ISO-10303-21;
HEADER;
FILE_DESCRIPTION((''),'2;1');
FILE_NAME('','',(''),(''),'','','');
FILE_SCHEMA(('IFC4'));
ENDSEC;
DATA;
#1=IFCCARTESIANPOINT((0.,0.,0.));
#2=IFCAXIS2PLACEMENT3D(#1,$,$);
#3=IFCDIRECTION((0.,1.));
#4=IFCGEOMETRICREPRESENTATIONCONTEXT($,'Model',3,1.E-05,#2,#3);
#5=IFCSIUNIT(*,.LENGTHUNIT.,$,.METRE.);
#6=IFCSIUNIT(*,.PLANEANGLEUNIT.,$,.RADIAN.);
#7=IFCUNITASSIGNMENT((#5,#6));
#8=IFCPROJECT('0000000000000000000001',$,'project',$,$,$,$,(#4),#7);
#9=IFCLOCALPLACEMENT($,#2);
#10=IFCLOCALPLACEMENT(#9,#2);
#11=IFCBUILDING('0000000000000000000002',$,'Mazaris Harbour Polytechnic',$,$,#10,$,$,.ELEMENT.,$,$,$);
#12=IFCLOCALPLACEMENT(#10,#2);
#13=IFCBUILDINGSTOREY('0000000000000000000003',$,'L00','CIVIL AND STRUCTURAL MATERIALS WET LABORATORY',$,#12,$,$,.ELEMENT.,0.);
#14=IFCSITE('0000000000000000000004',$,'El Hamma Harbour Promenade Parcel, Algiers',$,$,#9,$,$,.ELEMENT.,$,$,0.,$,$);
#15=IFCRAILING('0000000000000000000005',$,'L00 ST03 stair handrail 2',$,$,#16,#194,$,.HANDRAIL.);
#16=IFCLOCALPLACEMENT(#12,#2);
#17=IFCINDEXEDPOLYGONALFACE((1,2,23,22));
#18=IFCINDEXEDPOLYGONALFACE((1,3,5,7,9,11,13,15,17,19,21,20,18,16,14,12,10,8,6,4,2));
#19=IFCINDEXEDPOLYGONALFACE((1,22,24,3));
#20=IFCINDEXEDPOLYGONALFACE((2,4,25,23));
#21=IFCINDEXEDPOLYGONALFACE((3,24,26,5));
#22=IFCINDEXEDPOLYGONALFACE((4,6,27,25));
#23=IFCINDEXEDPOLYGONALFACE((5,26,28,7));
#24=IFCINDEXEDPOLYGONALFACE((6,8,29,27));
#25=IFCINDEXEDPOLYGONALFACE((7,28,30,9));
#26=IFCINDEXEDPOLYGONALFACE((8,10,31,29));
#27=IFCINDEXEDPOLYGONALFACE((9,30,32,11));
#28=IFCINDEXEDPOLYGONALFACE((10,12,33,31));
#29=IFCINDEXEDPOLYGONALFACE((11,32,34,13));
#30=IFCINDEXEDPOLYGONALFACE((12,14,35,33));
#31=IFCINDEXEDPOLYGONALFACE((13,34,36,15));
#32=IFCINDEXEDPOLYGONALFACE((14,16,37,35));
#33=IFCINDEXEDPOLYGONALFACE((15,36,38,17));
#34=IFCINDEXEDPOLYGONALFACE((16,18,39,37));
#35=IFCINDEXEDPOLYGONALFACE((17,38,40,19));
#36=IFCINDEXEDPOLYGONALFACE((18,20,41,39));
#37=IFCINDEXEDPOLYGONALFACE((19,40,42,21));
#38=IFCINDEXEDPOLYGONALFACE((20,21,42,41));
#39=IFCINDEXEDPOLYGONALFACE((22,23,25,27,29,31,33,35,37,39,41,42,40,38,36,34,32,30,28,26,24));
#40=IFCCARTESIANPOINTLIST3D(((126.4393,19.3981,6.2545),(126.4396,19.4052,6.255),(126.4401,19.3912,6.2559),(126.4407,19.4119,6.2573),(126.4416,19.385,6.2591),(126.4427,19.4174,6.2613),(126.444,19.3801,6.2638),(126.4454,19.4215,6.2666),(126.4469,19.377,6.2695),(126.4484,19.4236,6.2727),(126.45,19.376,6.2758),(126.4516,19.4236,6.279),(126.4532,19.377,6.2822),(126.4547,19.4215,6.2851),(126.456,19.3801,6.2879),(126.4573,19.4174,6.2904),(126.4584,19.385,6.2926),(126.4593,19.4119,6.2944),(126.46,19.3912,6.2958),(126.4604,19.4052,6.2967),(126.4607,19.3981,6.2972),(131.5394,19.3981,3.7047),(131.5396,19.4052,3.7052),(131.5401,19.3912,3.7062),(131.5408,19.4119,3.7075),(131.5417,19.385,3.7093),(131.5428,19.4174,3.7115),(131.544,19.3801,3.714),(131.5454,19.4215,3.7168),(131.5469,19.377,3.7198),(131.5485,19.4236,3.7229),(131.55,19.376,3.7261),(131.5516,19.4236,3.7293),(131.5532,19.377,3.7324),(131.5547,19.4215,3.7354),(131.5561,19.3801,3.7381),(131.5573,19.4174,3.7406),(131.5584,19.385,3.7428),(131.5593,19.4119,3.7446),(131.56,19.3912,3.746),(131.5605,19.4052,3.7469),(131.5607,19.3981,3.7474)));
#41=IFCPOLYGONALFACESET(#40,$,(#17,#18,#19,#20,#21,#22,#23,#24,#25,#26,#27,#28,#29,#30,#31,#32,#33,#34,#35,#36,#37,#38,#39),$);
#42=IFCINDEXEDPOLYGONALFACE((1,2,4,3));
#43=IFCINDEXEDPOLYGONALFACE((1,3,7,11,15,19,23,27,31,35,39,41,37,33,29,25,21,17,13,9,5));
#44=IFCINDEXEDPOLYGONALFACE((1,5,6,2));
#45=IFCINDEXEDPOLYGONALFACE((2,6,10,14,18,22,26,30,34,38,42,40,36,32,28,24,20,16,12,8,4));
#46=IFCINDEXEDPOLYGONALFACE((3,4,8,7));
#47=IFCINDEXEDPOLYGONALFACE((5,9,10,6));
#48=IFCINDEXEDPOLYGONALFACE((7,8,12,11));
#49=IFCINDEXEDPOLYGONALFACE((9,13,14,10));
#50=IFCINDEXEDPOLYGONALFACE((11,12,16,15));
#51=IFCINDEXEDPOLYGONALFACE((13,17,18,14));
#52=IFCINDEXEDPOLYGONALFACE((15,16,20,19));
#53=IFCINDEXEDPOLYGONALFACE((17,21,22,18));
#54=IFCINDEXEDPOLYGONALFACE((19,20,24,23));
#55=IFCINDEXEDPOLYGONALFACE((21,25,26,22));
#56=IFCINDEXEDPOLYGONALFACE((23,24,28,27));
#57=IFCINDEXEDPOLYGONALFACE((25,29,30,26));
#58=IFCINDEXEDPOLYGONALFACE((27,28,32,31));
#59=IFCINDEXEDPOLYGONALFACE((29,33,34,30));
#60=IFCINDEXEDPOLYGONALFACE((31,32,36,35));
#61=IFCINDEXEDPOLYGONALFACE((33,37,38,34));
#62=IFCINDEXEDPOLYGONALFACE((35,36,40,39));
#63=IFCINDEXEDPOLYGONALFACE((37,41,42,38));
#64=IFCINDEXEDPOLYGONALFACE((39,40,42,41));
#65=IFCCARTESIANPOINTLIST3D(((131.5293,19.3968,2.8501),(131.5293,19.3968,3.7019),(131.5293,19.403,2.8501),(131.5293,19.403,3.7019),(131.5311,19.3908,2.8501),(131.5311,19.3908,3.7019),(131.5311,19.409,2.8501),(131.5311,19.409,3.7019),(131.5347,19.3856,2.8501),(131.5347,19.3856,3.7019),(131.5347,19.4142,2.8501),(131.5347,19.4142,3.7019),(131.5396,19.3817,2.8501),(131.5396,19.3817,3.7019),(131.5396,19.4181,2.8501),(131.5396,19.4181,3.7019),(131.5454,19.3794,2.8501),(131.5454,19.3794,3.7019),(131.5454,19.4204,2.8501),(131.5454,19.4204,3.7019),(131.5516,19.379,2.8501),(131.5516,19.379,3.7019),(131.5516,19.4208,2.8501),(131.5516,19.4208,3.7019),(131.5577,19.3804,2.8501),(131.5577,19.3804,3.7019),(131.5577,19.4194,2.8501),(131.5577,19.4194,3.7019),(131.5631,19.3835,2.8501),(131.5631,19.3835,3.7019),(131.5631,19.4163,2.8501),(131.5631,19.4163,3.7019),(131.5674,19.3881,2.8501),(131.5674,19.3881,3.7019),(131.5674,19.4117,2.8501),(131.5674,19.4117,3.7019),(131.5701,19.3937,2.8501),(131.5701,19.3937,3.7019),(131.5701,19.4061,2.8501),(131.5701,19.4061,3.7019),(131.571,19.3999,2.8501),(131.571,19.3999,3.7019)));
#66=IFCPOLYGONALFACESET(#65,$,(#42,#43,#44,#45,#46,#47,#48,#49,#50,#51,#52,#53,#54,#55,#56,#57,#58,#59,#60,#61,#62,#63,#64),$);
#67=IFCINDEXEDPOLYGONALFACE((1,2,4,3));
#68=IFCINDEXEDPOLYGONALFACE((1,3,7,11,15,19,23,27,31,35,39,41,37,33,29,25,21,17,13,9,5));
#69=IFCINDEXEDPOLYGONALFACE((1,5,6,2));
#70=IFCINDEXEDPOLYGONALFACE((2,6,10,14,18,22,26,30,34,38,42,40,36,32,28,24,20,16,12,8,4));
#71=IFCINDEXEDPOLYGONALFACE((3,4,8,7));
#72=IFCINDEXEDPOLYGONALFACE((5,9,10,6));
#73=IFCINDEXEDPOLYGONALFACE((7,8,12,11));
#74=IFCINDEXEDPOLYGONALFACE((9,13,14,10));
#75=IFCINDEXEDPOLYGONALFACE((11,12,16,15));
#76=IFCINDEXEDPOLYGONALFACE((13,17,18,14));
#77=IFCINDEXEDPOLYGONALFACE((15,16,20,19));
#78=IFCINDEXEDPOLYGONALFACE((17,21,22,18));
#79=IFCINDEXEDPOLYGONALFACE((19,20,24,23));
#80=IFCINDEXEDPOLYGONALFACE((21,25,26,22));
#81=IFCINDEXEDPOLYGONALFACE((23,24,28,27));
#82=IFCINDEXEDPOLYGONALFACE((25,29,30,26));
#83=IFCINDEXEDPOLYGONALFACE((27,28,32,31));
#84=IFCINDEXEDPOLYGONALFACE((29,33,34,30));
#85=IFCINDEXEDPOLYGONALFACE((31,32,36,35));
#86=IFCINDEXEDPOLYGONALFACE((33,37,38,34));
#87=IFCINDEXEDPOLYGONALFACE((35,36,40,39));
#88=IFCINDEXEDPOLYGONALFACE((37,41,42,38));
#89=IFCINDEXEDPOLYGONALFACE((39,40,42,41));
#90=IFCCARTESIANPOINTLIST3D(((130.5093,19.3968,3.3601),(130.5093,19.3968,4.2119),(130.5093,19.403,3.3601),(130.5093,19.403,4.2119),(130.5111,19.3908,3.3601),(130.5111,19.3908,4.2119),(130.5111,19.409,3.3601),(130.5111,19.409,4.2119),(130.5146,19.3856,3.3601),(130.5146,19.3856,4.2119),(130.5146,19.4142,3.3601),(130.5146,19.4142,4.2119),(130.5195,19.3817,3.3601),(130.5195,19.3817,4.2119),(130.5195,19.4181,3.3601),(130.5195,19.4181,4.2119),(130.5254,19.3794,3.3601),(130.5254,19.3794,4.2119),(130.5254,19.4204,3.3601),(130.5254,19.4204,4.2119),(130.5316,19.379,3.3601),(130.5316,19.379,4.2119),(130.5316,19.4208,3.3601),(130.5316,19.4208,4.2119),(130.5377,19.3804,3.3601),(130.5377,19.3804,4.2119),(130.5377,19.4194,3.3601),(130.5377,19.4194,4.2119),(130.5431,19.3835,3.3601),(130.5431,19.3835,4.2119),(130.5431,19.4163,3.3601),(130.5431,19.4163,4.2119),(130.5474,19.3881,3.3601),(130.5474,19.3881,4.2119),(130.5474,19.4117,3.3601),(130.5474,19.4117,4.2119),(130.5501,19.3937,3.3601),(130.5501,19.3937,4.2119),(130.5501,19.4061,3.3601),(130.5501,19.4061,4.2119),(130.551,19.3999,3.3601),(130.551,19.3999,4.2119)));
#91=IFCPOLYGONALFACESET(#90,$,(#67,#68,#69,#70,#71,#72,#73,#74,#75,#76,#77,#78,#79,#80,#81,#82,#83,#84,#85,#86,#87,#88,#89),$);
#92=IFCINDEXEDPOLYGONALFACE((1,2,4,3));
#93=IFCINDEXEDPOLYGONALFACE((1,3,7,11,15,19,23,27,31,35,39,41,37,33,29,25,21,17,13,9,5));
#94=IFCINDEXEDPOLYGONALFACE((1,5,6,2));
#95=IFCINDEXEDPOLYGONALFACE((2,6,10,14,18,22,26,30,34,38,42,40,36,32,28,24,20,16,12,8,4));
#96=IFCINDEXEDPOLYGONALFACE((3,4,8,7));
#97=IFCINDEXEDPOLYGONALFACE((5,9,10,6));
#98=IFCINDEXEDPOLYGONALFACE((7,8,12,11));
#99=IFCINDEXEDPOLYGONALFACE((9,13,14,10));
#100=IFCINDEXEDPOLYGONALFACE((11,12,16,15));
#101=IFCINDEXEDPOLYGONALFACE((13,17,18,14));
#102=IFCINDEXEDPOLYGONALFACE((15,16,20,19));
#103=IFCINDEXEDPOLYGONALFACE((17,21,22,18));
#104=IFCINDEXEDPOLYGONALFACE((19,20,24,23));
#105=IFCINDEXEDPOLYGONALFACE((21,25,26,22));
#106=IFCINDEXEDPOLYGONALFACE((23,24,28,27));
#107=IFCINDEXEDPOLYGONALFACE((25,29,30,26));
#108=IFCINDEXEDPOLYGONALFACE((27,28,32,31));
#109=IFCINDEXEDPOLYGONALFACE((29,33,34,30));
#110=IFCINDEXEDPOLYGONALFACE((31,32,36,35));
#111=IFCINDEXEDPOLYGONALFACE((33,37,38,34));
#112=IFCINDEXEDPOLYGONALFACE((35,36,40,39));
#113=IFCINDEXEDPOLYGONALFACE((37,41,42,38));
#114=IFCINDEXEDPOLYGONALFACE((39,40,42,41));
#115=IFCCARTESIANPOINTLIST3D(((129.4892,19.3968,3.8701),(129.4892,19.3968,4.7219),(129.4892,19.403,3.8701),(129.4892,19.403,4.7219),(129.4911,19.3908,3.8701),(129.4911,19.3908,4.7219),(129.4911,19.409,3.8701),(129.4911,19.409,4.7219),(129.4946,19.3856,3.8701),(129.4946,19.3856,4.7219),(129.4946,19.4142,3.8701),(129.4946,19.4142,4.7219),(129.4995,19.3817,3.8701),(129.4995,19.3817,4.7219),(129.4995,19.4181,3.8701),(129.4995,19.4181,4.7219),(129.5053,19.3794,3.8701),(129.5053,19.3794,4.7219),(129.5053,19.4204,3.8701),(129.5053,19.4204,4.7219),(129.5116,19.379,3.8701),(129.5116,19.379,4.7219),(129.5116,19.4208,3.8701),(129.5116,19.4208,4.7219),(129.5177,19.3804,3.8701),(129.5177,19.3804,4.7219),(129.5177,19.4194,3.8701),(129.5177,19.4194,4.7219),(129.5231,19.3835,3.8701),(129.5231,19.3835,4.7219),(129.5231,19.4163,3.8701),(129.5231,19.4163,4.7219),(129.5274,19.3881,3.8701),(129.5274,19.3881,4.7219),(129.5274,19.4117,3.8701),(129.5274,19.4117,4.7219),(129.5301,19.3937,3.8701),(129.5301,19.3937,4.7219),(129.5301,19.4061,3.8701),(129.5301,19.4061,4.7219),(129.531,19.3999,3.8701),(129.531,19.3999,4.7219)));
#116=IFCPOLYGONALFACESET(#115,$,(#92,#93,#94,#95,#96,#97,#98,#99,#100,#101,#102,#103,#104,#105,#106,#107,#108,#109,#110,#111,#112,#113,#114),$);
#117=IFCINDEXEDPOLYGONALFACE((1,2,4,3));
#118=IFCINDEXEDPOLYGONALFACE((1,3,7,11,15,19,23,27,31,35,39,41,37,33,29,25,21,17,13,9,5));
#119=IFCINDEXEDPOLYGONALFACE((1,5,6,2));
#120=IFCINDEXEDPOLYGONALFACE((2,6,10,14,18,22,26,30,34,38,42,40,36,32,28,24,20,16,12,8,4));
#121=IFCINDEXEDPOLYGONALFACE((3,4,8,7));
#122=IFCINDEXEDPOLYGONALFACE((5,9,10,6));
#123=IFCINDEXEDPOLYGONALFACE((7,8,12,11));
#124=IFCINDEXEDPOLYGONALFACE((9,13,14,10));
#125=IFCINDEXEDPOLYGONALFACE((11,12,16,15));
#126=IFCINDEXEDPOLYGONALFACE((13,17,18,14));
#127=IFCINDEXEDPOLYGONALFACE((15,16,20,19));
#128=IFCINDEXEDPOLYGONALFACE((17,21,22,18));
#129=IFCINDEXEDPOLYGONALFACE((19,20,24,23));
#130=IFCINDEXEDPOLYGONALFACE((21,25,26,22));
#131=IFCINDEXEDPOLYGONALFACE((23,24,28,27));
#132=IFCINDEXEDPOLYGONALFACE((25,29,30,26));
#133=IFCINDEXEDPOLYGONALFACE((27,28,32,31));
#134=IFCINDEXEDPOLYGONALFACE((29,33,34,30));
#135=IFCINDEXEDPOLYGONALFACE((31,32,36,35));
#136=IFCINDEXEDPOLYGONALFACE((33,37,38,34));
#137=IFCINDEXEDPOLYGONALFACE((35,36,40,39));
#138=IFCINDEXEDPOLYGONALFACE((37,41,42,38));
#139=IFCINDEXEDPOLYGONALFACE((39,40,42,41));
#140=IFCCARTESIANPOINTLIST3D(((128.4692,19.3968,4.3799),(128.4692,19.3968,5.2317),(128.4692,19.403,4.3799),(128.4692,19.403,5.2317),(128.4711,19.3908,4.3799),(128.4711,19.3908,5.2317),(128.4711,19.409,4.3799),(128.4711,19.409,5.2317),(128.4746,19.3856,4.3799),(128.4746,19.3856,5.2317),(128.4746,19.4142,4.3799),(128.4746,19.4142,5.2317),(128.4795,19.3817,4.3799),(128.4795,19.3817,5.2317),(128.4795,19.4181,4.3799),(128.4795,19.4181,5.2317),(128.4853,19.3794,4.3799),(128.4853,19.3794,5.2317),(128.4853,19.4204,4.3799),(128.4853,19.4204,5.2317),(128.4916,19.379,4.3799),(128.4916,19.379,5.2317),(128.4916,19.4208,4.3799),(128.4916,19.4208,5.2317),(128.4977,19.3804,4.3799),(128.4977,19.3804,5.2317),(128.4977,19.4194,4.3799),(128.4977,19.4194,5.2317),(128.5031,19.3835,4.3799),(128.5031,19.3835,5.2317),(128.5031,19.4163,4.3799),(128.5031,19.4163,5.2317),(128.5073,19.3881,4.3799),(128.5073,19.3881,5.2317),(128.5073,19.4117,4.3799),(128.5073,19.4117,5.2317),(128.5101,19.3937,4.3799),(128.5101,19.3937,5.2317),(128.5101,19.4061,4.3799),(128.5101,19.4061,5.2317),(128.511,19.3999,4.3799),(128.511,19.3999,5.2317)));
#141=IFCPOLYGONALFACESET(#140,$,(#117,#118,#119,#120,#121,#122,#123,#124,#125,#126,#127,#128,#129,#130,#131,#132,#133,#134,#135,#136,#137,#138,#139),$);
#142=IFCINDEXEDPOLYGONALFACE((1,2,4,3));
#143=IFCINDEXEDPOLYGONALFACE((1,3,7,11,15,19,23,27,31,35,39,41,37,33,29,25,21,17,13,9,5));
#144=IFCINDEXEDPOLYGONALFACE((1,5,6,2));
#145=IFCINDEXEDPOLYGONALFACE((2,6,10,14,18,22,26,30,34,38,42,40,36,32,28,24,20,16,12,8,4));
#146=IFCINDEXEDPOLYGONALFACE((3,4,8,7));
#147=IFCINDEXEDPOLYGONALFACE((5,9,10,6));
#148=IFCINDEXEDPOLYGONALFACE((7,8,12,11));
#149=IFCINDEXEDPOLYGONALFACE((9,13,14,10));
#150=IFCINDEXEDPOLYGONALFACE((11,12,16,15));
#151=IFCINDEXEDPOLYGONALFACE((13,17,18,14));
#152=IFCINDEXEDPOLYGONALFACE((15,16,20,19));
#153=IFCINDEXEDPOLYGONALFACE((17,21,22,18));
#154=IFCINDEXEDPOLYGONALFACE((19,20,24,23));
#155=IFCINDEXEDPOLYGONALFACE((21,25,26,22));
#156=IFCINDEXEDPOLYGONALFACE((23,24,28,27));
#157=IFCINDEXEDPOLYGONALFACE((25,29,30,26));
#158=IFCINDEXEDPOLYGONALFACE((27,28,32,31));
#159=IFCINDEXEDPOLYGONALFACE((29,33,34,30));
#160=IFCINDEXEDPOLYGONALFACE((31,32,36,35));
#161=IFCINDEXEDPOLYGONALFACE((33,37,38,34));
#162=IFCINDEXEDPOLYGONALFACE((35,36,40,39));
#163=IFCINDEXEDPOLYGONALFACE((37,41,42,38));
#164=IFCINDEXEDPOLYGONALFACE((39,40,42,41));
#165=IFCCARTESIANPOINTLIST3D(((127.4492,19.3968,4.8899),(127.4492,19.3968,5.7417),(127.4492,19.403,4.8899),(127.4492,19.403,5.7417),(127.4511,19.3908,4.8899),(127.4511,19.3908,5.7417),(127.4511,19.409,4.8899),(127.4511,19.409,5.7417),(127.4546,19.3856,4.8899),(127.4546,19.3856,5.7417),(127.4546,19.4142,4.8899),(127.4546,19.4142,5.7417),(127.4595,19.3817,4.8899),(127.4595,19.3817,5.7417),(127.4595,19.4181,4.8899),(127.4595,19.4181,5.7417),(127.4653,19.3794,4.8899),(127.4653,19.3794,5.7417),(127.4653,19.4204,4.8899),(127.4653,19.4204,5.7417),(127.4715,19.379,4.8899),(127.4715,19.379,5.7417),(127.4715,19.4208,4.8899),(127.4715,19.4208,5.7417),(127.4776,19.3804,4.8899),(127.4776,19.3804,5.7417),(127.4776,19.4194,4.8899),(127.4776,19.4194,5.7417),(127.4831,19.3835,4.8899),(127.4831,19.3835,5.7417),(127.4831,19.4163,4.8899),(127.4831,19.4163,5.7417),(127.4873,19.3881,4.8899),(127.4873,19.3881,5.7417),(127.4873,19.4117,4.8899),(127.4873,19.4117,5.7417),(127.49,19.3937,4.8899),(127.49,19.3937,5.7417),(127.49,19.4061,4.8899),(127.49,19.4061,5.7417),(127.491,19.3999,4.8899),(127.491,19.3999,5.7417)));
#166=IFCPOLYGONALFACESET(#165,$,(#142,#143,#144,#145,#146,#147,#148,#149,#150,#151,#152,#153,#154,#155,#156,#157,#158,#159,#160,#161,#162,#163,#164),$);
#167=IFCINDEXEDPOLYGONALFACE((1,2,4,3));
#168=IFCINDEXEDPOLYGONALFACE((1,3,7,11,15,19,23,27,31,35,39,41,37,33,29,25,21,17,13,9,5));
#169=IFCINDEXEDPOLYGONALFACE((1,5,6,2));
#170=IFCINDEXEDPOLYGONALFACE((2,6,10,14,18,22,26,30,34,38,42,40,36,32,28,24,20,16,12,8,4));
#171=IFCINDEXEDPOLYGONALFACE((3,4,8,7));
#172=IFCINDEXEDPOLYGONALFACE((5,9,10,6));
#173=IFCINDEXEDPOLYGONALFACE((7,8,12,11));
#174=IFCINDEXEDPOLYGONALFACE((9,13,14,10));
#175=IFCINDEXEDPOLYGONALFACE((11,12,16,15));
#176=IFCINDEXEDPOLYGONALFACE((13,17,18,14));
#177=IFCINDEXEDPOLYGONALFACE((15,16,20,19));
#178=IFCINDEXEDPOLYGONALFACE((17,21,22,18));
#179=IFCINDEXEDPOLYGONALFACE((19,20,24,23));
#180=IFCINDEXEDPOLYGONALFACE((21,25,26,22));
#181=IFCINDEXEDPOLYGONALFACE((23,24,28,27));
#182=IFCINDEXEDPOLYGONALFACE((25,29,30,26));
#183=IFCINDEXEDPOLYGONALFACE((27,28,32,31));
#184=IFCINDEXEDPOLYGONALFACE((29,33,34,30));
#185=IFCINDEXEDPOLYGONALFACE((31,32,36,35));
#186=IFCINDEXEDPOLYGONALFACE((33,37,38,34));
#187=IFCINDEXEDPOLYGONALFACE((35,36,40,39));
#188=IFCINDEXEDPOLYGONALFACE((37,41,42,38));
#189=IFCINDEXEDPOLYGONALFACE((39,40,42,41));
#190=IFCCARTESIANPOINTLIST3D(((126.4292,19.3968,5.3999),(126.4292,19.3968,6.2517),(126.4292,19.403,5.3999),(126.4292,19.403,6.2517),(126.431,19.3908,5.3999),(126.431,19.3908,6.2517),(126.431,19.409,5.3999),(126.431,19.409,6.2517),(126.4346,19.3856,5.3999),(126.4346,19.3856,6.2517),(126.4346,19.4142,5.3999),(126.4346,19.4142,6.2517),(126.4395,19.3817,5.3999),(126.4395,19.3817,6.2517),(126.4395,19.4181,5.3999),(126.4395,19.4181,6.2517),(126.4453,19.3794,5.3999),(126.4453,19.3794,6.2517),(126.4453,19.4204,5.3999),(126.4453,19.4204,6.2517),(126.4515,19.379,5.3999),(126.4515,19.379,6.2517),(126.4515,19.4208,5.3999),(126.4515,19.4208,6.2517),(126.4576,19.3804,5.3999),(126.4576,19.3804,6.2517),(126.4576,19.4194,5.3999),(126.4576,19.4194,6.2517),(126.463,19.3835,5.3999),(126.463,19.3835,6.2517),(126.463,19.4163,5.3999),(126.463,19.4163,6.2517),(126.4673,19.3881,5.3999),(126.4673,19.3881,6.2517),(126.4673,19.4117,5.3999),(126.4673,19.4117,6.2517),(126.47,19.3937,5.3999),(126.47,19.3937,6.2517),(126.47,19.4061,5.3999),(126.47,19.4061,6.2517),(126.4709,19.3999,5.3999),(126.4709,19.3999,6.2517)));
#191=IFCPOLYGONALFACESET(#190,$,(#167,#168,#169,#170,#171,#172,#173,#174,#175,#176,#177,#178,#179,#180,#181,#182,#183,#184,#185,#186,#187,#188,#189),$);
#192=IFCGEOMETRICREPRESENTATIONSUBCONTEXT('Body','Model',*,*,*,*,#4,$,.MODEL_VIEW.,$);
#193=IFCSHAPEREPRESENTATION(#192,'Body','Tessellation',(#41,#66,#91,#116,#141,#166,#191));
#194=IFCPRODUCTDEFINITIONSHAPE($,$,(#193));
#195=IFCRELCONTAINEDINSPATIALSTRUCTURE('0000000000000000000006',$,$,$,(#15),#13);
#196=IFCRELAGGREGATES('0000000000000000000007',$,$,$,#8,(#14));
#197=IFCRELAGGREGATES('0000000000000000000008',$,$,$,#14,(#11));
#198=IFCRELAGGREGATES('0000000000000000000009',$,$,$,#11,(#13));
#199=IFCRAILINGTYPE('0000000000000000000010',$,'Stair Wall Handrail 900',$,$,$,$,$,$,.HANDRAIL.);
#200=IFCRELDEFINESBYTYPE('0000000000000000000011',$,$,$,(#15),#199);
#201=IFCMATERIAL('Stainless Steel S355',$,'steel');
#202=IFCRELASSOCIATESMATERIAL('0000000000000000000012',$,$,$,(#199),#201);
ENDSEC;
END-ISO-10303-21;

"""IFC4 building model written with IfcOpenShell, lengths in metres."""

from ifc_helpers import new_model, si_unit, direction, frame, origin, origin_2d, place, context, subcontext, project, spatial, circle, extrude, material, type_object, element, save


model = new_model("IFC4")

# Units and contexts
model_context = context("Model", 3, precision=1e-05, world=origin(), true_north=direction((0.0, 1.0)))
body_context = subcontext(model_context, "Body", "Model", "MODEL_VIEW")
ifc_project = project(units=[si_unit("LENGTHUNIT", "METRE"), si_unit("PLANEANGLEUNIT", "RADIAN")], contexts=[model_context])

# Site, building, storey
site_placement = place(None, origin())
site = spatial("IfcSite", under=ifc_project, at=site_placement, Name="El Hamma Harbour Promenade Parcel, Algiers", CompositionType="ELEMENT", RefElevation=0.0)
building_placement = place(site_placement, origin())
building = spatial("IfcBuilding", under=site, at=building_placement, Name="Mazaris Harbour Polytechnic", CompositionType="ELEMENT")
storey_placement = place(building_placement, origin())
storey = spatial("IfcBuildingStorey", under=building, at=storey_placement, Name="L00", Description="CIVIL AND STRUCTURAL MATERIALS WET LABORATORY", CompositionType="ELEMENT", Elevation=0.0)

# Railing
ifc_material_1 = material(Name="Stainless Steel S355", Category="steel")
railing_type_1 = type_object("IfcRailingType", Name="Stair Wall Handrail 900", PredefinedType="HANDRAIL", material=ifc_material_1)
railing_1_placement = place(storey_placement, frame((131.55, 19.3999, 2.8501)))
element("IfcRailing", 1, at=railing_1_placement, inside=storey, type_object=railing_type_1, Name="L00 ST03 stair handrail 2", PredefinedType="HANDRAIL", context=body_context, shape_type="SweptSolid", body=[
    extrude(circle(Radius=0.0239, at=origin_2d()), frame((0.0, 0.0, 0.876), z_axis=(-0.894444, 0.0, 0.447179), x_axis=(0.0, -1.0, 0.0)), (0.0, 0.0, 1.0), 5.7019),
    extrude(circle(Radius=0.021, at=origin_2d()), origin(), (0.0, 0.0, 1.0), 0.8518),
    extrude(circle(Radius=0.021, at=origin_2d()), frame((-1.02, 0.0, 0.51)), (0.0, 0.0, 1.0), 0.8518),
    extrude(circle(Radius=0.021, at=origin_2d()), frame((-2.04, 0.0, 1.02)), (0.0, 0.0, 1.0), 0.8518),
    extrude(circle(Radius=0.021, at=origin_2d()), frame((-3.0601, 0.0, 1.5298)), (0.0, 0.0, 1.0), 0.8518),
    extrude(circle(Radius=0.021, at=origin_2d()), frame((-4.0801, 0.0, 2.0398)), (0.0, 0.0, 1.0), 0.8518),
    extrude(circle(Radius=0.021, at=origin_2d()), frame((-5.1001, 0.0, 2.5498)), (0.0, 0.0, 1.0), 0.8518),
])

save(model, "model.ifc")
